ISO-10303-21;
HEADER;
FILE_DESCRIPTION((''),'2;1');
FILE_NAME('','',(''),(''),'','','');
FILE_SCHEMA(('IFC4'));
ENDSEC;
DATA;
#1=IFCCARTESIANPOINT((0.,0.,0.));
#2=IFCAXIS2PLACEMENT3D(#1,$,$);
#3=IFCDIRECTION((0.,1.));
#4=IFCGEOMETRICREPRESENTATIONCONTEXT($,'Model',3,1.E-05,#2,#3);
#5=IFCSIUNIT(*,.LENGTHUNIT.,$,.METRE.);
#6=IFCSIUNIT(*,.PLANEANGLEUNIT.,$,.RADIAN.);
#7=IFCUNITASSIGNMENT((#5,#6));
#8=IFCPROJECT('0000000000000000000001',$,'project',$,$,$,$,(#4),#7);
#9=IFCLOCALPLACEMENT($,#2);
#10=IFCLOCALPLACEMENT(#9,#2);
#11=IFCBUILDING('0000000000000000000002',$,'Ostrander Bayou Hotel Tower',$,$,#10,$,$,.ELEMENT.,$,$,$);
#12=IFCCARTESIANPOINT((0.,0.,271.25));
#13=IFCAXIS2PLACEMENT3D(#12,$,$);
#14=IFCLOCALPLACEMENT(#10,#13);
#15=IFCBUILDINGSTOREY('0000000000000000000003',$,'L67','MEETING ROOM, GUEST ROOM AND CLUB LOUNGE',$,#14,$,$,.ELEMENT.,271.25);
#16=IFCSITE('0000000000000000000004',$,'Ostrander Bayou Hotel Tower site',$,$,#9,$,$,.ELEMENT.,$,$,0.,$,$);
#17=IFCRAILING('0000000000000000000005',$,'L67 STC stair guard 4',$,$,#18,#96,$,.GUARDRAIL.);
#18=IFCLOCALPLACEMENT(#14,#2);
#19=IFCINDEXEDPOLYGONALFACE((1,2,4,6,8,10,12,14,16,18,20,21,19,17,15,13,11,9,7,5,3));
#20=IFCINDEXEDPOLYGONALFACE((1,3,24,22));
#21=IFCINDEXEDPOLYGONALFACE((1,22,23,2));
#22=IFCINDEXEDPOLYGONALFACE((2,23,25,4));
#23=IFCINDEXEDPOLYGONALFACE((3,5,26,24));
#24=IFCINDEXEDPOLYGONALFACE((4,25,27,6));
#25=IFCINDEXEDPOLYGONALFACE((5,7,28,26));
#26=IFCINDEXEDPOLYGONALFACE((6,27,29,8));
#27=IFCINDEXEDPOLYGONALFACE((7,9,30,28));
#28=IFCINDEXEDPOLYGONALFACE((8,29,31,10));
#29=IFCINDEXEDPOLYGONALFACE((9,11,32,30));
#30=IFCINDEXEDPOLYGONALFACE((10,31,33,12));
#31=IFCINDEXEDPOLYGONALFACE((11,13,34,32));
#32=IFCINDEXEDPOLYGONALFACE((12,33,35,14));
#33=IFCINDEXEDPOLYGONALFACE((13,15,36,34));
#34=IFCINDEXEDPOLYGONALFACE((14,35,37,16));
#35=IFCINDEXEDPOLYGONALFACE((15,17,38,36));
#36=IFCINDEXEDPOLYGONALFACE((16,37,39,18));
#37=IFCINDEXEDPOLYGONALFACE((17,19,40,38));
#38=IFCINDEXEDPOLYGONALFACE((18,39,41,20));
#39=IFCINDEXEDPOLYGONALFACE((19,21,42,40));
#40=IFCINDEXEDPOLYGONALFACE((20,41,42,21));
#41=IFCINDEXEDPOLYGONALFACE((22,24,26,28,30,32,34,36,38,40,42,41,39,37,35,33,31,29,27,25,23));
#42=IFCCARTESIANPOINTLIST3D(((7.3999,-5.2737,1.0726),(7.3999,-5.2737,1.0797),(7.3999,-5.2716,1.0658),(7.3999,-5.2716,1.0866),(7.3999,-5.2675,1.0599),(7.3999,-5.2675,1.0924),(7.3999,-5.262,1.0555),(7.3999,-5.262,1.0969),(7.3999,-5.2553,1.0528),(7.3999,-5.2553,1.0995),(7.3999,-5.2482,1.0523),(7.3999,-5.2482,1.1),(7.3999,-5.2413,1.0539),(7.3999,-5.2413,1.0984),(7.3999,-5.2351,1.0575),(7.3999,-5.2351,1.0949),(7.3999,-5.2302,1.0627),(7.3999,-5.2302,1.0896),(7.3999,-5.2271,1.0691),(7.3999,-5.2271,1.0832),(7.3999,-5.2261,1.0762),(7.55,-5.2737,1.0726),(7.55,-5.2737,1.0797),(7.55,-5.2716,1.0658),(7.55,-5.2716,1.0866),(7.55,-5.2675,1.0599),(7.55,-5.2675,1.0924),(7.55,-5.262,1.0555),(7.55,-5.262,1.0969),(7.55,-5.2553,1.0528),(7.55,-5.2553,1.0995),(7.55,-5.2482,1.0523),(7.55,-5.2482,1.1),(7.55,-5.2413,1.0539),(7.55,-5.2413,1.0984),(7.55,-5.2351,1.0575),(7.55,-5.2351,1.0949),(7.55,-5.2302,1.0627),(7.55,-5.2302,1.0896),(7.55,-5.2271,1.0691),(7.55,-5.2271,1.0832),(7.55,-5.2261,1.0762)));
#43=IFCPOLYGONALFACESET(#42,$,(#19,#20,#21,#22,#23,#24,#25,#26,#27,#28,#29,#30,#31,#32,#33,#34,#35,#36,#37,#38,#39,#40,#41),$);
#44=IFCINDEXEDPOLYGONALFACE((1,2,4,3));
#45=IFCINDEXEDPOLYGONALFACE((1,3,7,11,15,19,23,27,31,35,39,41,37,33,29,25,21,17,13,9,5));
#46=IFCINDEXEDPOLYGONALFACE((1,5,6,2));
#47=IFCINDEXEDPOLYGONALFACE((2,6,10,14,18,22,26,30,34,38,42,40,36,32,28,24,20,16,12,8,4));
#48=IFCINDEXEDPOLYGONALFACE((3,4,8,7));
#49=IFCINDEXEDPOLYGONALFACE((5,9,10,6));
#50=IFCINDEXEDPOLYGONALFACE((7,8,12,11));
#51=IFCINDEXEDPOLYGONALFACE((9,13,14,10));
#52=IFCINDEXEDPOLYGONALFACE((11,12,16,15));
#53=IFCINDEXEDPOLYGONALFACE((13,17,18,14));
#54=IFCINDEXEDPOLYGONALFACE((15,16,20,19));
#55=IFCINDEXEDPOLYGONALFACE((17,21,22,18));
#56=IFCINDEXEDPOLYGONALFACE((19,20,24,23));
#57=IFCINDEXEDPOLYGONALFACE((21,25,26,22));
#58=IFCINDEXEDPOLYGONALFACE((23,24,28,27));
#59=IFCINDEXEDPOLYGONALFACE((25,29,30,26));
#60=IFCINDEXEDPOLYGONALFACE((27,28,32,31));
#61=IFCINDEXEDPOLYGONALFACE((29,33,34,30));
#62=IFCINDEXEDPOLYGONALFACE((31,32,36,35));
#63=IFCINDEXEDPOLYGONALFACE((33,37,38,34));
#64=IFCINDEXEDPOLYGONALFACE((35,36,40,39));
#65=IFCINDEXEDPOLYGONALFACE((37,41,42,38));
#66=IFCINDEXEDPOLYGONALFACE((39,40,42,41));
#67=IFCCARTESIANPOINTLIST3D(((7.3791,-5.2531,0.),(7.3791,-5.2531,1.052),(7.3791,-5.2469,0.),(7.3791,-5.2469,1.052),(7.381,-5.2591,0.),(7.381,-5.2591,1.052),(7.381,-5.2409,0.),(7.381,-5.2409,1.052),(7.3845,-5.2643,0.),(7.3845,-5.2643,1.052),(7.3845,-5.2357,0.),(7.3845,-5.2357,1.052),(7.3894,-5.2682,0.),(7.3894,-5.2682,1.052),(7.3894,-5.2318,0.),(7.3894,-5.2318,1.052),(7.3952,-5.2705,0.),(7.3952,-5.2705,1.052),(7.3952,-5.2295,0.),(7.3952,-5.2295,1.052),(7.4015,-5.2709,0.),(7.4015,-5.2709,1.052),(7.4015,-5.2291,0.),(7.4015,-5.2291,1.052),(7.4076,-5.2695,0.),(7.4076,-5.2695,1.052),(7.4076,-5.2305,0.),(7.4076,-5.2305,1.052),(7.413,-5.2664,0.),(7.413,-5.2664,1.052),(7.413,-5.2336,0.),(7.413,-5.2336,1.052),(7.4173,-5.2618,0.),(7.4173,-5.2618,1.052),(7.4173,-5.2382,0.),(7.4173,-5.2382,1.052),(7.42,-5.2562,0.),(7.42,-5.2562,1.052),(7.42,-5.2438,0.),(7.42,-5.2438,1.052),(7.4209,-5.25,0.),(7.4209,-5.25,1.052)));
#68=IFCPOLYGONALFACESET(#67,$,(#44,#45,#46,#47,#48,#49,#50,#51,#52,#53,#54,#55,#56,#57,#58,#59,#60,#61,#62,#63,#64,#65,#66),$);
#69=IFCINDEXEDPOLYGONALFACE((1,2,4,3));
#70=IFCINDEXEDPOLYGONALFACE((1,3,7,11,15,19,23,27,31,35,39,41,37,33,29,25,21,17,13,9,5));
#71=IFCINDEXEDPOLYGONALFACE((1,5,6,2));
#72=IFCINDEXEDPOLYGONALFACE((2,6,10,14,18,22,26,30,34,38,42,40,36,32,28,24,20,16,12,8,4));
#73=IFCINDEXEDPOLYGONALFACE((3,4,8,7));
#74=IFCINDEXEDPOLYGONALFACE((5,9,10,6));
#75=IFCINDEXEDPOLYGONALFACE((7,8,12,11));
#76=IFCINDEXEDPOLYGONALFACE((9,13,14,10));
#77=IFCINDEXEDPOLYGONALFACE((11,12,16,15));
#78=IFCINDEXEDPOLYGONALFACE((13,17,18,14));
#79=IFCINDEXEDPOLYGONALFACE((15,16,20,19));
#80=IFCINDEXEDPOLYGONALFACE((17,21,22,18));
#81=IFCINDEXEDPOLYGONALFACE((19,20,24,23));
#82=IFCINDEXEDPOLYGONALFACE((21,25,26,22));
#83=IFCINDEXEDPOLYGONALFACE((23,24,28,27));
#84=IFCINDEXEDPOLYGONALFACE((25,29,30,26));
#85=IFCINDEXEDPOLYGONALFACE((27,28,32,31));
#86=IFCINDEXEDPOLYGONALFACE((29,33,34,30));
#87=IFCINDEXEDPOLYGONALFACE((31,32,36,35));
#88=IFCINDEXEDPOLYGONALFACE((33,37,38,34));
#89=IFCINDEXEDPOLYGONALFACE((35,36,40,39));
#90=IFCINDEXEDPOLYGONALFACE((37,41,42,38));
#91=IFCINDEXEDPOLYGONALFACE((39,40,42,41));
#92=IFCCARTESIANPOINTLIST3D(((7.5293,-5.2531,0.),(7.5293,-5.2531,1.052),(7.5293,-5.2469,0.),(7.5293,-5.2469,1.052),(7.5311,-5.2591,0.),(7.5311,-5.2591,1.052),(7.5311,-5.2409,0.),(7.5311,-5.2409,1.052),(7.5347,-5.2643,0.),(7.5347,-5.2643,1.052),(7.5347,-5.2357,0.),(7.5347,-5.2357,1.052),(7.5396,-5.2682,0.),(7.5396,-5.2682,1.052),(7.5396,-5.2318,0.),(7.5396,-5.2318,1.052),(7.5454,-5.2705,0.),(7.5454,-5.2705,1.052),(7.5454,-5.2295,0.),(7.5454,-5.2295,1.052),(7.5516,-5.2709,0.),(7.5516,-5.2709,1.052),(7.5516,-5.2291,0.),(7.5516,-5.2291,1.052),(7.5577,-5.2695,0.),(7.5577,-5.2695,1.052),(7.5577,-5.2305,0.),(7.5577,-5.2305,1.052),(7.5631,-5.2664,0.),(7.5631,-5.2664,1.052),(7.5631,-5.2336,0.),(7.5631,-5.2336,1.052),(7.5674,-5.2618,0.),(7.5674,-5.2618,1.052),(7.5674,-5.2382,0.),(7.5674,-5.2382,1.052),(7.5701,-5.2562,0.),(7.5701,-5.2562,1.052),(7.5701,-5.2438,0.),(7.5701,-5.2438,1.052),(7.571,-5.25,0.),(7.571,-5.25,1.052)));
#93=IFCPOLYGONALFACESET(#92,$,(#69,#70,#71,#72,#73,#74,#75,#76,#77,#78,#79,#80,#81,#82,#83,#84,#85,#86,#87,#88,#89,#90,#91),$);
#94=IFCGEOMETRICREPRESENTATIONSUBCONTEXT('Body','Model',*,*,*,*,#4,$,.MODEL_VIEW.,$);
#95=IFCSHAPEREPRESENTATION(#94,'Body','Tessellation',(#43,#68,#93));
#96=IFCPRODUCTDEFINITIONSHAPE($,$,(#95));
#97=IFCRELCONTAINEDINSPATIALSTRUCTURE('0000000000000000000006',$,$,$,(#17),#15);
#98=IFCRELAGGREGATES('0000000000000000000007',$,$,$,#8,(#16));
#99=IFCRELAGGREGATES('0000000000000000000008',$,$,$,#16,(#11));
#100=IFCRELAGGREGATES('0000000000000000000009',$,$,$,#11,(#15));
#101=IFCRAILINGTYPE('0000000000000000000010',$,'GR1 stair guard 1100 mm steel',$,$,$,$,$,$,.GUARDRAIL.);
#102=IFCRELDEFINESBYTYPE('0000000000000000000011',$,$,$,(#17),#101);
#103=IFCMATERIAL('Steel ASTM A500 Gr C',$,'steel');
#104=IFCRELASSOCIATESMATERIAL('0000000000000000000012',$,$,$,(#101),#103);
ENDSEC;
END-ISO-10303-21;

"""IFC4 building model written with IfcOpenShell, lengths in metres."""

from ifc_helpers import new_model, si_unit, direction, frame, origin, origin_2d, place, context, subcontext, project, spatial, circle, extrude, material, type_object, element, save


model = new_model("IFC4")

# Units and contexts
model_context = context("Model", 3, precision=1e-05, world=origin(), true_north=direction((0.0, 1.0)))
body_context = subcontext(model_context, "Body", "Model", "MODEL_VIEW")
ifc_project = project(units=[si_unit("LENGTHUNIT", "METRE"), si_unit("PLANEANGLEUNIT", "RADIAN")], contexts=[model_context])

# Site, building, storey
site_placement = place(None, origin())
site = spatial("IfcSite", under=ifc_project, at=site_placement, Name="Ostrander Bayou Hotel Tower site", CompositionType="ELEMENT", RefElevation=0.0)
building_placement = place(site_placement, origin())
building = spatial("IfcBuilding", under=site, at=building_placement, Name="Ostrander Bayou Hotel Tower", CompositionType="ELEMENT")
storey_placement = place(building_placement, frame((0.0, 0.0, 271.25)))
storey = spatial("IfcBuildingStorey", under=building, at=storey_placement, Name="L67", Description="MEETING ROOM, GUEST ROOM AND CLUB LOUNGE", CompositionType="ELEMENT", Elevation=271.25)

# Railing
ifc_material_1 = material(Name="Steel ASTM A500 Gr C", Category="steel")
railing_type_1 = type_object("IfcRailingType", Name="GR1 stair guard 1100 mm steel", PredefinedType="GUARDRAIL", material=ifc_material_1)
railing_1_placement = place(storey_placement, frame((7.3999, -5.25, 0.0)))
element("IfcRailing", 1, at=railing_1_placement, inside=storey, type_object=railing_type_1, Name="L67 STC stair guard 4", PredefinedType="GUARDRAIL", context=body_context, shape_type="SweptSolid", body=[
    extrude(circle(Radius=0.0239, at=origin_2d()), frame((0.0, 0.0, 1.0762), z_axis=(1.0, 0.0, 0.0), x_axis=(0.0, 1.0, 0.0)), (0.0, 0.0, 1.0), 0.1501),
    extrude(circle(Radius=0.021, at=origin_2d()), origin(), (0.0, 0.0, 1.0), 1.052),
    extrude(circle(Radius=0.021, at=origin_2d()), frame((0.1501, 0.0, 0.0)), (0.0, 0.0, 1.0), 1.052),
])

save(model, "model.ifc")
